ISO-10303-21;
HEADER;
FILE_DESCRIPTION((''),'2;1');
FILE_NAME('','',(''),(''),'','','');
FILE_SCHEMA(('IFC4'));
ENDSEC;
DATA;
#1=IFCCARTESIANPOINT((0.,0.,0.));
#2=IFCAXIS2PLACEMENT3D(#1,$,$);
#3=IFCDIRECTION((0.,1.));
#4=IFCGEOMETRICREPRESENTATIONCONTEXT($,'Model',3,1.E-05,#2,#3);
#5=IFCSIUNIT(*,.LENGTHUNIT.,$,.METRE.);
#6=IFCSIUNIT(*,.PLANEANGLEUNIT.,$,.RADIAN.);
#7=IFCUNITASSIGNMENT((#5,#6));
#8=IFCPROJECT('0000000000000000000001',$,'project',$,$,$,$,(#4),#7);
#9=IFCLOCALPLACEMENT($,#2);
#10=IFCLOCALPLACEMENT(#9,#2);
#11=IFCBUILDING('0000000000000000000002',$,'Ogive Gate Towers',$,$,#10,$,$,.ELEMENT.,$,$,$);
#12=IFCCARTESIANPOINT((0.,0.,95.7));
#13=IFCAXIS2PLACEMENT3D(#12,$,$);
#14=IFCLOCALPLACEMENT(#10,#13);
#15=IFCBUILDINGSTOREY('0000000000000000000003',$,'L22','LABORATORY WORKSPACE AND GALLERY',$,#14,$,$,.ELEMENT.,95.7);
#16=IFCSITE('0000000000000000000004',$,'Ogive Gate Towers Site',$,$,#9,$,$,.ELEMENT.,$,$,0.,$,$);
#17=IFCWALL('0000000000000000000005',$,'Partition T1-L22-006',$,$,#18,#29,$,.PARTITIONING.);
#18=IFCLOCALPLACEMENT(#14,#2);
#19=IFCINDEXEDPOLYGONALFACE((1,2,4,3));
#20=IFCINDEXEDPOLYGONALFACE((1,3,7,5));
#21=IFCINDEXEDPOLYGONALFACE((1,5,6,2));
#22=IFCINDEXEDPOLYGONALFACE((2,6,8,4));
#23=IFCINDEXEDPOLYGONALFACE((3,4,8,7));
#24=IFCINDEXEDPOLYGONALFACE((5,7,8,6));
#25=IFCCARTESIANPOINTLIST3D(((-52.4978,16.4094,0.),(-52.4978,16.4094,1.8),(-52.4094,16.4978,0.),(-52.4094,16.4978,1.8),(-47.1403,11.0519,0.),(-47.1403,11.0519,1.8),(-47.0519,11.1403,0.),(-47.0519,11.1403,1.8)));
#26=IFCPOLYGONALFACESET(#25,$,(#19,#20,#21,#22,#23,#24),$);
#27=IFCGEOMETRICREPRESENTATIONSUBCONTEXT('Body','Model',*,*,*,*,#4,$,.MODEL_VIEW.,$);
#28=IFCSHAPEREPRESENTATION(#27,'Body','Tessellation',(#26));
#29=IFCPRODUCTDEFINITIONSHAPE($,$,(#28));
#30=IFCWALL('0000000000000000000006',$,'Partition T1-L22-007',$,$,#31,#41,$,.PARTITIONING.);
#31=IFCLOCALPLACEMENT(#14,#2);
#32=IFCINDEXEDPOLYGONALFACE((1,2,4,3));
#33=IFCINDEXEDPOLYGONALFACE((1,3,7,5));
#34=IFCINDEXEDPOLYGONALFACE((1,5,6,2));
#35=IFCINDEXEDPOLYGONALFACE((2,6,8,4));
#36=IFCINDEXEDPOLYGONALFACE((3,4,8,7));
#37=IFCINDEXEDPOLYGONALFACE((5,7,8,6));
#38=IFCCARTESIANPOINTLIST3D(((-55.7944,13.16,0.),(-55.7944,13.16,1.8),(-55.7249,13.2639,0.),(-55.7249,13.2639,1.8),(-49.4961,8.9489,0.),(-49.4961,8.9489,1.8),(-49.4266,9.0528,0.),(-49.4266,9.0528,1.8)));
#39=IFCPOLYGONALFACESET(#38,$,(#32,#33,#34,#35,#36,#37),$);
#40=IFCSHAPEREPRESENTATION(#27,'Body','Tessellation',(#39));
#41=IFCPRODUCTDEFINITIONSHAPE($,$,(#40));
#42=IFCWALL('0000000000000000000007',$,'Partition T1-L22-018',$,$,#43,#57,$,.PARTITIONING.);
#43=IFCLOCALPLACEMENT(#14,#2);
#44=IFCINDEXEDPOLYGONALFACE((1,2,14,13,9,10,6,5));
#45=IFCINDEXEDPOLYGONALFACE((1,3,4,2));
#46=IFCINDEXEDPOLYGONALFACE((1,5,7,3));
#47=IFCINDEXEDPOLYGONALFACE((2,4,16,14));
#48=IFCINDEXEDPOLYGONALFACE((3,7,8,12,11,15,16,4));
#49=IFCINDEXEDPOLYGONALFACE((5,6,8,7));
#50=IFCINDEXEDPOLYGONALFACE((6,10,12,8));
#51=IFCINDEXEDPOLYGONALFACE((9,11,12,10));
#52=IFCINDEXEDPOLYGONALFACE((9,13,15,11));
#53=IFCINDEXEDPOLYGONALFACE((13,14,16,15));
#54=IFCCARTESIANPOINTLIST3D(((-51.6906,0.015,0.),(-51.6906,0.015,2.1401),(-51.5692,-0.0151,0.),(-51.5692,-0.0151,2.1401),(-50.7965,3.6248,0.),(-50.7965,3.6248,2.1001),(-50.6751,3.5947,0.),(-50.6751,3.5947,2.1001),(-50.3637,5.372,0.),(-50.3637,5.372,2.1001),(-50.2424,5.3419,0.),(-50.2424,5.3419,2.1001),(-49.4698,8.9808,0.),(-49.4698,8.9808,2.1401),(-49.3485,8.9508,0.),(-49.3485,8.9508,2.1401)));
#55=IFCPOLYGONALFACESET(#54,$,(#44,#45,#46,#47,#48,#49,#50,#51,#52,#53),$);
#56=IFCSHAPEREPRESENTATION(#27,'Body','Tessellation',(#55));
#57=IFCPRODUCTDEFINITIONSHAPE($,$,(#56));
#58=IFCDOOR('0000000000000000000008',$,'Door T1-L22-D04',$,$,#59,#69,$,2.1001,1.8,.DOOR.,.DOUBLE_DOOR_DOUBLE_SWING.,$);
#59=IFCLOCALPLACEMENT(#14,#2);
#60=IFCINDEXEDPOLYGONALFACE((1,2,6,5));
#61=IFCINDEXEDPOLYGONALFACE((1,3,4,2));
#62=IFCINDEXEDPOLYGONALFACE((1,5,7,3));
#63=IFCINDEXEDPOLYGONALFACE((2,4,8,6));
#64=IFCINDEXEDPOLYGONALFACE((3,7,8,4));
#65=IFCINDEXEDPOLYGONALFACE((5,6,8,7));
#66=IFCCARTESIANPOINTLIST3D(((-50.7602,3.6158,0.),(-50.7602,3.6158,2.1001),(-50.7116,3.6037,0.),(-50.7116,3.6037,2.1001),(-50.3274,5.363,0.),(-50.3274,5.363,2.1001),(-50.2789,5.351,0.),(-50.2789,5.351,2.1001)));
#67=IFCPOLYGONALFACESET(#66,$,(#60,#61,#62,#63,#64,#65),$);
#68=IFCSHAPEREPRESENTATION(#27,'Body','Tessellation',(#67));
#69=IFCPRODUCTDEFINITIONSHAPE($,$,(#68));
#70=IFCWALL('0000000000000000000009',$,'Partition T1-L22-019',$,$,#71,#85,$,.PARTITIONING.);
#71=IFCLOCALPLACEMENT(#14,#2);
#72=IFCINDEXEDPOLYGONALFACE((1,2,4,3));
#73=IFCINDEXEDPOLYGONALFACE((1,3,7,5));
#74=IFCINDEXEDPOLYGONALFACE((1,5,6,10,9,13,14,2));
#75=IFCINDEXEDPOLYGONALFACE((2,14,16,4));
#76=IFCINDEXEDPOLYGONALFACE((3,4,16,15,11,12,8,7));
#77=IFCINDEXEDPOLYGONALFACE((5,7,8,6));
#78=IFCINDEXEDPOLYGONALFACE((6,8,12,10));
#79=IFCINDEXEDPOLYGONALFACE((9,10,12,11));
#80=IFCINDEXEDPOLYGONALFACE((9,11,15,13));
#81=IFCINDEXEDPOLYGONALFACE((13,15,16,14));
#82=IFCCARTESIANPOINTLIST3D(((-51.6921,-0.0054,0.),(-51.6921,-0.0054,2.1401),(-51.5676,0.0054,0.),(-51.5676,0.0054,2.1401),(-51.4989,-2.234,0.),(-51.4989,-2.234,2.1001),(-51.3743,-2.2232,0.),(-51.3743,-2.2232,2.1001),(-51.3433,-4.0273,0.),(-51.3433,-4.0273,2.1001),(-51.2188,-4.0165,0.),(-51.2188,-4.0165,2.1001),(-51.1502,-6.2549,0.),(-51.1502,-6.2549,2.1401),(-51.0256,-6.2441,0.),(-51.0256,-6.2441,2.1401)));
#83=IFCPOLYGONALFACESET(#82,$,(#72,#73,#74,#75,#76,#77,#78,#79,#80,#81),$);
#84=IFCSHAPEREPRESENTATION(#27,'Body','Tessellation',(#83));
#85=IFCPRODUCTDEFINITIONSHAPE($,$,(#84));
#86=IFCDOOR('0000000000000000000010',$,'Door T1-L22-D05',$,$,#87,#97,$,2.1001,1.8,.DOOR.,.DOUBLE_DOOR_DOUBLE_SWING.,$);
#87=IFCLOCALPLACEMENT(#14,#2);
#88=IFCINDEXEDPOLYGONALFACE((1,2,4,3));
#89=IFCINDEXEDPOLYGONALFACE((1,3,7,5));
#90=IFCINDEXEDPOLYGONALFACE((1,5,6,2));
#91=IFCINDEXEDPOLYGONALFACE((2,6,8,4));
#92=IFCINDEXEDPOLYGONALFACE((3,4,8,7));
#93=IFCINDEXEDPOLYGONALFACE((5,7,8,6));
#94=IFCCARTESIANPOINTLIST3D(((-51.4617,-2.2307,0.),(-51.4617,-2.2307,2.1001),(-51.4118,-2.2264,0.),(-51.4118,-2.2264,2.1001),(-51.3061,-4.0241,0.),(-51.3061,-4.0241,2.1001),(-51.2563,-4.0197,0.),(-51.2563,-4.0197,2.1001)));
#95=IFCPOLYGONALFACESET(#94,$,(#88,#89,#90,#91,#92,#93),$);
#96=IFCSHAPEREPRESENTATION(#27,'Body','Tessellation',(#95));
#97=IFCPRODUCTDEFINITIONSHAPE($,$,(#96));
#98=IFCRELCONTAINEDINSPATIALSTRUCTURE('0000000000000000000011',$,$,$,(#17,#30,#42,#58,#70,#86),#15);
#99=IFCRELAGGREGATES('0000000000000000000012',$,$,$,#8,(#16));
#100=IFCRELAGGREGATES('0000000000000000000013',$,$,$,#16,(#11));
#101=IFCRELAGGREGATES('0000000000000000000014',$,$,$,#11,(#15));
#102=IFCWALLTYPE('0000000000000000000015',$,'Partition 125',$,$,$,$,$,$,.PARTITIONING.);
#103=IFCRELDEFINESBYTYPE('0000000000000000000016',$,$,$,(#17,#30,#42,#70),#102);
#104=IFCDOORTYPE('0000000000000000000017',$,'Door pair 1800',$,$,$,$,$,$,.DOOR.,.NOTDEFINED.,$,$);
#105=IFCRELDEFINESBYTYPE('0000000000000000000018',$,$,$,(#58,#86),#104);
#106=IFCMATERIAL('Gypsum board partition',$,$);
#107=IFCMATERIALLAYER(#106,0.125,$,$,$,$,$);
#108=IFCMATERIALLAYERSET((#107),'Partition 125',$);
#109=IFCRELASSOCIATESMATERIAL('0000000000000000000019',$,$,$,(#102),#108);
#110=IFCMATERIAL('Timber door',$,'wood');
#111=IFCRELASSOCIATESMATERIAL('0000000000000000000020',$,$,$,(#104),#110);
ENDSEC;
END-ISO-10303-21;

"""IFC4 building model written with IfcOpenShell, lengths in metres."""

from ifc_helpers import new_model, si_unit, direction, frame, frame_2d, origin, place, context, subcontext, project, spatial, rectangle, extrude, material, layer, layer_set, type_object, element, fill, save


model = new_model("IFC4")

# Units and contexts
model_context = context("Model", 3, precision=1e-05, world=origin(), true_north=direction((0.0, 1.0)))
body_context = subcontext(model_context, "Body", "Model", "MODEL_VIEW")
ifc_project = project(units=[si_unit("LENGTHUNIT", "METRE"), si_unit("PLANEANGLEUNIT", "RADIAN")], contexts=[model_context])

# Site, building, storey
site_placement = place(None, origin())
site = spatial("IfcSite", under=ifc_project, at=site_placement, Name="Ogive Gate Towers Site", CompositionType="ELEMENT", RefElevation=0.0)
building_placement = place(site_placement, origin())
building = spatial("IfcBuilding", under=site, at=building_placement, Name="Ogive Gate Towers", CompositionType="ELEMENT")
storey_placement = place(building_placement, frame((0.0, 0.0, 95.7)))
storey = spatial("IfcBuildingStorey", under=building, at=storey_placement, Name="L22", Description="LABORATORY WORKSPACE AND GALLERY", CompositionType="ELEMENT", Elevation=95.7)

# Walls
ifc_material_1 = material(Name="Gypsum board partition")
ifc_layer_1 = layer(ifc_material_1, 0.125)
ifc_layer_set_1 = layer_set([ifc_layer_1], Name="Partition 125")
wall_type_1 = type_object("IfcWallType", Name="Partition 125", PredefinedType="PARTITIONING", material=ifc_layer_set_1)
wall_1_placement = place(storey_placement, frame((-52.4536, 16.4536, 0.0), z_axis=(0.0, 0.0, 1.0), x_axis=(0.707107, -0.707107, 0.0)))
element("IfcWall", 1, at=wall_1_placement, inside=storey, type_object=wall_type_1, Name="Partition T1-L22-006", PredefinedType="PARTITIONING", context=body_context, shape_type="SweptSolid", body=[
    extrude(rectangle(XDim=7.5767, YDim=0.125, at=frame_2d((3.7883, 0.0))), origin(), (0.0, 0.0, 1.0), 1.8),
])
wall_2_placement = place(storey_placement, frame((-55.7595, 13.2119, 0.0), z_axis=(0.0, 0.0, 1.0), x_axis=(0.831301, -0.555823, 0.0)))
element("IfcWall", 2, at=wall_2_placement, inside=storey, type_object=wall_type_1, Name="Partition T1-L22-007", PredefinedType="PARTITIONING", context=body_context, shape_type="SweptSolid", body=[
    extrude(rectangle(XDim=7.5764, YDim=0.125, at=frame_2d((3.7881, 0.0))), origin(), (0.0, 0.0, 1.0), 1.8),
])

# Walls, openings, doors
wall_3_placement = place(storey_placement, frame((-49.4092, 8.9658, 0.0), z_axis=(0.0, 0.0, 1.0), x_axis=(-0.240421, -0.970669, 0.0)))
wall_3 = element("IfcWall", 3, at=wall_3_placement, inside=storey, type_object=wall_type_1, Name="Partition T1-L22-018", PredefinedType="PARTITIONING", context=body_context, shape_type="SweptSolid", body=[
    extrude(rectangle(XDim=9.2368, YDim=0.125, at=frame_2d((4.6184, 0.0))), origin(), (0.0, 0.0, 1.0), 2.1401),
])
opening_1_placement = place(wall_3_placement, frame((3.718, 0.0, 0.0)))
opening_1 = element("IfcOpeningElement", 4, at=opening_1_placement, cuts=wall_3, PredefinedType="OPENING", context=body_context, shape_type="SweptSolid", body=[
    extrude(rectangle(XDim=1.8, YDim=2.1001, at=frame_2d((0.8999, 1.05))), frame((0.0, 0.0725, 0.0), z_axis=(0.0, -1.0, 0.0), x_axis=(1.0, 0.0, 0.0)), (0.0, 0.0, 1.0), 0.145),
])
ifc_material_2 = material(Name="Timber door", Category="wood")
door_type = type_object("IfcDoorType", Name="Door pair 1800", OperationType="NOTDEFINED", PredefinedType="DOOR", material=ifc_material_2)
door_1_placement = place(opening_1_placement, origin())
door_1 = element("IfcDoor", 5, at=door_1_placement, inside=storey, type_object=door_type, Name="Door T1-L22-D04", OperationType="DOUBLE_DOOR_DOUBLE_SWING", OverallHeight=2.1001, OverallWidth=1.8, PredefinedType="DOOR", context=body_context, shape_type="SweptSolid", body=[
    extrude(rectangle(XDim=1.8, YDim=2.1001, at=frame_2d((0.8999, 1.05))), frame((0.0, 0.0249, 0.0), z_axis=(0.0, -1.0, 0.0), x_axis=(1.0, 0.0, 0.0)), (0.0, 0.0, 1.0), 0.05),
])
fill(opening_1, door_1)
wall_4_placement = place(storey_placement, frame((-51.6299, 0.0, 0.0), z_axis=(0.0, 0.0, 1.0), x_axis=(0.086401, -0.99626, 0.0)))
wall_4 = element("IfcWall", 6, at=wall_4_placement, inside=storey, type_object=wall_type_1, Name="Partition T1-L22-019", PredefinedType="PARTITIONING", context=body_context, shape_type="SweptSolid", body=[
    extrude(rectangle(XDim=6.2729, YDim=0.125, at=frame_2d((3.1365, 0.0))), origin(), (0.0, 0.0, 1.0), 2.1401),
])
opening_2_placement = place(wall_4_placement, frame((2.2371, 0.0, 0.0)))
opening_2 = element("IfcOpeningElement", 7, at=opening_2_placement, cuts=wall_4, PredefinedType="OPENING", context=body_context, shape_type="SweptSolid", body=[
    extrude(rectangle(XDim=1.8, YDim=2.1001, at=frame_2d((0.8999, 1.05))), frame((0.0, 0.0725, 0.0), z_axis=(0.0, -1.0, 0.0), x_axis=(1.0, 0.0, 0.0)), (0.0, 0.0, 1.0), 0.145),
])
door_2_placement = place(opening_2_placement, origin())
door_2 = element("IfcDoor", 8, at=door_2_placement, inside=storey, type_object=door_type, Name="Door T1-L22-D05", OperationType="DOUBLE_DOOR_DOUBLE_SWING", OverallHeight=2.1001, OverallWidth=1.8, PredefinedType="DOOR", context=body_context, shape_type="SweptSolid", body=[
    extrude(rectangle(XDim=1.8, YDim=2.1001, at=frame_2d((0.8999, 1.05))), frame((0.0, 0.0249, 0.0), z_axis=(0.0, -1.0, 0.0), x_axis=(1.0, 0.0, 0.0)), (0.0, 0.0, 1.0), 0.05),
])
fill(opening_2, door_2)

save(model, "model.ifc")
